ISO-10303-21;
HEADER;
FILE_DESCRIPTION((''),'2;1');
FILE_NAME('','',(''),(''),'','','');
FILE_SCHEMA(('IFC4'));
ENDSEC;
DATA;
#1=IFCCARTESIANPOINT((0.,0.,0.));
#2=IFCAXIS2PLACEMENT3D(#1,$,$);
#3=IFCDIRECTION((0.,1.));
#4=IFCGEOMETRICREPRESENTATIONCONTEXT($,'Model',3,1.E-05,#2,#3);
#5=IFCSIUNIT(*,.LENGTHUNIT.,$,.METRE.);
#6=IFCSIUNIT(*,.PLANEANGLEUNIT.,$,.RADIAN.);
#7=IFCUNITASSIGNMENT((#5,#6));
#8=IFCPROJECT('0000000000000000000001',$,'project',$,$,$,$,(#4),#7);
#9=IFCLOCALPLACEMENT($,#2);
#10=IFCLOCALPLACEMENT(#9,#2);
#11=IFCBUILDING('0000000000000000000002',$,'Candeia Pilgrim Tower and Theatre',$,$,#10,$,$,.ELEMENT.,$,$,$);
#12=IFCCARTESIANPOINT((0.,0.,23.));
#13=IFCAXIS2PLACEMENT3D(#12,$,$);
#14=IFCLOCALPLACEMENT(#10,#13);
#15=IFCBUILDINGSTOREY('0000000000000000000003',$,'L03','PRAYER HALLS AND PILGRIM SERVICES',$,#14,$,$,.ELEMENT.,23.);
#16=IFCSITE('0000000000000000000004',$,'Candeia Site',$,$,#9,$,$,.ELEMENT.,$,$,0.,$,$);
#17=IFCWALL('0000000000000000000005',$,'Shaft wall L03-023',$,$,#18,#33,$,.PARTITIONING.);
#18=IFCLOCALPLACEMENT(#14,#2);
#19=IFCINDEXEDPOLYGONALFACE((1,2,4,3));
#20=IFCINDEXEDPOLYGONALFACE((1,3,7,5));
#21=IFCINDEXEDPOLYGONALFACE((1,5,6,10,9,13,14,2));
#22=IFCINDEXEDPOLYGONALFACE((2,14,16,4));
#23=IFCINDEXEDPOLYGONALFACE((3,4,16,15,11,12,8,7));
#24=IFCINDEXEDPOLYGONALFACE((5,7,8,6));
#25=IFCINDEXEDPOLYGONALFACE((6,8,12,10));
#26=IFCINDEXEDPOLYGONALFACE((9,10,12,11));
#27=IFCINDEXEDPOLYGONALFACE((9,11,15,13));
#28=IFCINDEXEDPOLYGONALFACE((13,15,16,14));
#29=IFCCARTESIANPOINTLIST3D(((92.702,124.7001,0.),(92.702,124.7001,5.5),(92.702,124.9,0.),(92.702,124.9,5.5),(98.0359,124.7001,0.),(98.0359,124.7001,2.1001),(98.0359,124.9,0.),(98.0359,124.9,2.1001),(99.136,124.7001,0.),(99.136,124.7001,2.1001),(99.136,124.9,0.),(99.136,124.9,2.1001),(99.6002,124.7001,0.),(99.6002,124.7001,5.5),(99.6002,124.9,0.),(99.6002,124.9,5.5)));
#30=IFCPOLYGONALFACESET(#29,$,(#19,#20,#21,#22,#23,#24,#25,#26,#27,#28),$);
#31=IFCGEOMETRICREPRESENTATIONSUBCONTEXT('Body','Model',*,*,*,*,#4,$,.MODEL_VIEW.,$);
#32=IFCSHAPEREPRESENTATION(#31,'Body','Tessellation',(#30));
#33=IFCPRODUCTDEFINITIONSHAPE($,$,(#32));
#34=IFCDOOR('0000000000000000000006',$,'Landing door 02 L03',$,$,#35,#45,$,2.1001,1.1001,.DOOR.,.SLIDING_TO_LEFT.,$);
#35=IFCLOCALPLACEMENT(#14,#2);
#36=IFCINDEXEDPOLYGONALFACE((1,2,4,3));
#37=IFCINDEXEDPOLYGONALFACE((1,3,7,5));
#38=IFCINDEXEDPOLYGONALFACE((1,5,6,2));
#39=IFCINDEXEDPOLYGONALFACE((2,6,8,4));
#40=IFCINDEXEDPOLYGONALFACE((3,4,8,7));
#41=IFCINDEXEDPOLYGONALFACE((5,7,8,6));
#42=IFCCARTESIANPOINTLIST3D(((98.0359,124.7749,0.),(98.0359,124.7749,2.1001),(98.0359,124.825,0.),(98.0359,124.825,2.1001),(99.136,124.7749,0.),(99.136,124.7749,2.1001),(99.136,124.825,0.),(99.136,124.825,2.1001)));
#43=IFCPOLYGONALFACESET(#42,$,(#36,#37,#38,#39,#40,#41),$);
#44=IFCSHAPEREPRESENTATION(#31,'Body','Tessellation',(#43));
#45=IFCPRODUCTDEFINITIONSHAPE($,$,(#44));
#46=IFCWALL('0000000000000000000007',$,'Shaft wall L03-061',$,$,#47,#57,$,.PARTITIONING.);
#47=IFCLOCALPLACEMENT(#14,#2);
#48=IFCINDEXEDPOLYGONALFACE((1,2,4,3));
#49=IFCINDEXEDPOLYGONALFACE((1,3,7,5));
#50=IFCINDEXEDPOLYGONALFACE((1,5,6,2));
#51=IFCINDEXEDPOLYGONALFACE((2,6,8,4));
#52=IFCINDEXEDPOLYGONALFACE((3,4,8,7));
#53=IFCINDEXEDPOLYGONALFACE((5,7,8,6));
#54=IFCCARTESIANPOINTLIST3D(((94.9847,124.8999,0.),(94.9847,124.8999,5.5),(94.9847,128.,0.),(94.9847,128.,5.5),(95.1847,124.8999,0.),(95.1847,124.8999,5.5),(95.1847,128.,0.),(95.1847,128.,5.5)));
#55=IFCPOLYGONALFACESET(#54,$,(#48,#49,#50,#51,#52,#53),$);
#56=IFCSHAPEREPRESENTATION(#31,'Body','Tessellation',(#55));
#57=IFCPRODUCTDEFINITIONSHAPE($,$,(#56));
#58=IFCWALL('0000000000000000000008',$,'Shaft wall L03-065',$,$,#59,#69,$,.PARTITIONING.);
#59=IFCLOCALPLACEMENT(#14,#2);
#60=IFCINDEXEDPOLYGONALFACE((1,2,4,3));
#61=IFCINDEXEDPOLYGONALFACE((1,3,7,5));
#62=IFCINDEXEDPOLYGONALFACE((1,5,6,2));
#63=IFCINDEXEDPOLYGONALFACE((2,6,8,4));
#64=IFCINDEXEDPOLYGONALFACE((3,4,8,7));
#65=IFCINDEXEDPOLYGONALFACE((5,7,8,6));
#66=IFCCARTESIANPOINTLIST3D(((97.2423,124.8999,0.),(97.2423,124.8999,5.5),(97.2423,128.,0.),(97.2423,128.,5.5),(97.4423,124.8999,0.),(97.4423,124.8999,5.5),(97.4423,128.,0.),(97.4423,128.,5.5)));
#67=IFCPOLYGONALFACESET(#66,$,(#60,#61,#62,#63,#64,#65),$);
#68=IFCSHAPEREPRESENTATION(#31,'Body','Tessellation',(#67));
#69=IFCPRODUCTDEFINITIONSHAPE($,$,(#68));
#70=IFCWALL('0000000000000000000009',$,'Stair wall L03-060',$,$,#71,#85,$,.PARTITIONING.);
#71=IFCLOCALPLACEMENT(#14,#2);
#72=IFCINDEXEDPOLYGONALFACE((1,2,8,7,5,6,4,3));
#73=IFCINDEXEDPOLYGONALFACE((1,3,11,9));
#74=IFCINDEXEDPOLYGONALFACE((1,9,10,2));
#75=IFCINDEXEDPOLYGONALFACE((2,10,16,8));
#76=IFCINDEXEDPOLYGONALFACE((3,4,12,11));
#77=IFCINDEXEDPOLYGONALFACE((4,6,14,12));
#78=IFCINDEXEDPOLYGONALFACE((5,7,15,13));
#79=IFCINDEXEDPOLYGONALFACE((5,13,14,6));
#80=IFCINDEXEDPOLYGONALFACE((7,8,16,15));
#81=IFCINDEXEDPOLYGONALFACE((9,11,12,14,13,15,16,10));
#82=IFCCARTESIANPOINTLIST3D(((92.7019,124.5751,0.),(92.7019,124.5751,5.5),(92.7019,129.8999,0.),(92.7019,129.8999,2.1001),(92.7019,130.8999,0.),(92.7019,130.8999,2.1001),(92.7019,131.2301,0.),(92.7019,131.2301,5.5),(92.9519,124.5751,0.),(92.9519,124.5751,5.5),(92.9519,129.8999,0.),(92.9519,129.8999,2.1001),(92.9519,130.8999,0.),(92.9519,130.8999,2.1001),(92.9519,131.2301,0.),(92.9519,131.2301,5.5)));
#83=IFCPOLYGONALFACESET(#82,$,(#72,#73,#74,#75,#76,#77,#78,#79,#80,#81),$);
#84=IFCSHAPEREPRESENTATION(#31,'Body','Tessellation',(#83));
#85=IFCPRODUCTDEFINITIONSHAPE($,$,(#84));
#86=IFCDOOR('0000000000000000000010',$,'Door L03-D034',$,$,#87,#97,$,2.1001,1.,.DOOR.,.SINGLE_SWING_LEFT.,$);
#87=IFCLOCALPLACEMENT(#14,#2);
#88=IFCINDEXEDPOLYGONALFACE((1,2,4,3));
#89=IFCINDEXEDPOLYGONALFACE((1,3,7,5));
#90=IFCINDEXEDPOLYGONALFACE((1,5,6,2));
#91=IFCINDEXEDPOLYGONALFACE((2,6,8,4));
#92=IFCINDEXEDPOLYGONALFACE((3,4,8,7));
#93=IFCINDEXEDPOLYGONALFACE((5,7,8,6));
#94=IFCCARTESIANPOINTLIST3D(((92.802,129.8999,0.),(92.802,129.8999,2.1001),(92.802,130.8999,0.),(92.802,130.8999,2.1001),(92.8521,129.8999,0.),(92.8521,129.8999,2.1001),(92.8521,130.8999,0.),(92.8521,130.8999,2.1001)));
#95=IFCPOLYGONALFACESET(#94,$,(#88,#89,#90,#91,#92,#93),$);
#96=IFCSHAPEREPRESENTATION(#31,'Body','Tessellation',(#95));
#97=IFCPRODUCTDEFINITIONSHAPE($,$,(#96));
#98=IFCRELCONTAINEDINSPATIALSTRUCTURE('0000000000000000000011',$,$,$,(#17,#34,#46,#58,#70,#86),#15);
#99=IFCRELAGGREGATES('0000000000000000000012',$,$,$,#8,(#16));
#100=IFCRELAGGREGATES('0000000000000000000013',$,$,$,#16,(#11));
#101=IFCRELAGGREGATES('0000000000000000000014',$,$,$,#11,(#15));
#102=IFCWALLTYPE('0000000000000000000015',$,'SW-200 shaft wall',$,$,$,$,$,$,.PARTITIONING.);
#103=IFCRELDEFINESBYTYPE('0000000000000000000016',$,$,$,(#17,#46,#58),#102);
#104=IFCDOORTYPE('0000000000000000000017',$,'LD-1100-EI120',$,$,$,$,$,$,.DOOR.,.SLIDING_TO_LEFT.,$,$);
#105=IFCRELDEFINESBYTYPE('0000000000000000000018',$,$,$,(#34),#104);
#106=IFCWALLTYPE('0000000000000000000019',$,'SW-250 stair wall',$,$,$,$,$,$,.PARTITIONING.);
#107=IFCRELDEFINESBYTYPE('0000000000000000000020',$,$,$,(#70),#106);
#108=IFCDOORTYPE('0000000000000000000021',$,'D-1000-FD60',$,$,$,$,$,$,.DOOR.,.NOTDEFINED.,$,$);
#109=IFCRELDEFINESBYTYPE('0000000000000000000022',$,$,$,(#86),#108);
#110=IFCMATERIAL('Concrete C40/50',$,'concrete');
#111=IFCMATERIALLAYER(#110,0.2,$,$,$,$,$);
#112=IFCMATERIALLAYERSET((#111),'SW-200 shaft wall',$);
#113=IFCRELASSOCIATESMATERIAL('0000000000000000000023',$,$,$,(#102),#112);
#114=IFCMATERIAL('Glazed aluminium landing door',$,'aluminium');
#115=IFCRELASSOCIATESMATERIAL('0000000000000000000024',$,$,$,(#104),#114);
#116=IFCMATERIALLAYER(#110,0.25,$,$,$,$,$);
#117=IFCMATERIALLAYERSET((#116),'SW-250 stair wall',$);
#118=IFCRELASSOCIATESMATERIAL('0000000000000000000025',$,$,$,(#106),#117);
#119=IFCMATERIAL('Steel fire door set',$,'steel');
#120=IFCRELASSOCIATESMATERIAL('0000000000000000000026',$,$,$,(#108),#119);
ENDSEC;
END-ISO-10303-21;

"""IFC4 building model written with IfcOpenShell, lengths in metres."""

from ifc_helpers import new_model, si_unit, direction, frame, frame_2d, origin, place, context, subcontext, project, spatial, rectangle, extrude, material, layer, layer_set, type_object, element, fill, save


model = new_model("IFC4")

# Units and contexts
model_context = context("Model", 3, precision=1e-05, world=origin(), true_north=direction((0.0, 1.0)))
body_context = subcontext(model_context, "Body", "Model", "MODEL_VIEW")
ifc_project = project(units=[si_unit("LENGTHUNIT", "METRE"), si_unit("PLANEANGLEUNIT", "RADIAN")], contexts=[model_context])

# Site, building, storey
site_placement = place(None, origin())
site = spatial("IfcSite", under=ifc_project, at=site_placement, Name="Candeia Site", CompositionType="ELEMENT", RefElevation=0.0)
building_placement = place(site_placement, origin())
building = spatial("IfcBuilding", under=site, at=building_placement, Name="Candeia Pilgrim Tower and Theatre", CompositionType="ELEMENT")
storey_placement = place(building_placement, frame((0.0, 0.0, 23.0)))
storey = spatial("IfcBuildingStorey", under=building, at=storey_placement, Name="L03", Description="PRAYER HALLS AND PILGRIM SERVICES", CompositionType="ELEMENT", Elevation=23.0)

# Shared definitions
ifc_material_1 = material(Name="Steel fire door set", Category="steel")

# Shared definitions
ifc_material_2 = material(Name="Concrete C40/50", Category="concrete")
ifc_layer_1 = layer(ifc_material_2, 0.2)
ifc_layer_set_1 = layer_set([ifc_layer_1], Name="SW-200 shaft wall")
wall_type_1 = type_object("IfcWallType", Name="SW-200 shaft wall", PredefinedType="PARTITIONING", material=ifc_layer_set_1)

# Wall, opening, door
wall_1_placement = place(storey_placement, frame((92.7019, 124.8, 0.0), z_axis=(0.0, 0.0, 1.0), x_axis=(1.0, 0.0, 0.0)))
wall_1 = element("IfcWall", 1, at=wall_1_placement, inside=storey, type_object=wall_type_1, Name="Shaft wall L03-023", PredefinedType="PARTITIONING", context=body_context, shape_type="SweptSolid", body=[
    extrude(rectangle(XDim=6.8982, YDim=0.2, at=frame_2d((3.4492, 0.0))), origin(), (0.0, 0.0, 1.0), 5.5),
])
opening_1_placement = place(wall_1_placement, frame((5.334, 0.0, 0.0)))
opening_1 = element("IfcOpeningElement", 2, at=opening_1_placement, cuts=wall_1, PredefinedType="OPENING", context=body_context, shape_type="SweptSolid", body=[
    extrude(rectangle(XDim=1.1001, YDim=2.1001, at=frame_2d((0.55, 1.05))), frame((0.0, 0.1099, 0.0), z_axis=(0.0, -1.0, 0.0), x_axis=(1.0, 0.0, 0.0)), (0.0, 0.0, 1.0), 0.22),
])
ifc_material_3 = material(Name="Glazed aluminium landing door", Category="aluminium")
door_type_1 = type_object("IfcDoorType", Name="LD-1100-EI120", OperationType="SLIDING_TO_LEFT", PredefinedType="DOOR", material=ifc_material_3)
door_1_placement = place(opening_1_placement, origin())
door_1 = element("IfcDoor", 3, at=door_1_placement, inside=storey, type_object=door_type_1, Name="Landing door 02 L03", OperationType="SLIDING_TO_LEFT", OverallHeight=2.1001, OverallWidth=1.1001, PredefinedType="DOOR", context=body_context, shape_type="SweptSolid", body=[
    extrude(rectangle(XDim=1.1001, YDim=2.1001, at=frame_2d((0.55, 1.05))), frame((0.0, 0.0249, 0.0), z_axis=(0.0, -1.0, 0.0), x_axis=(1.0, 0.0, 0.0)), (0.0, 0.0, 1.0), 0.05),
])
fill(opening_1, door_1)

# Walls
for number, where, z_axis, x_axis, name in (
    (4, (95.0847, 124.8999, 0.0), (0.0, 0.0, 1.0), (0.0, 1.0, 0.0), "Shaft wall L03-061"),
    (5, (97.3423, 124.8999, 0.0), (0.0, 0.0, 1.0), (0.0, 1.0, 0.0), "Shaft wall L03-065"),
):
    element("IfcWall", number, at=place(storey_placement, frame(where, z_axis=z_axis, x_axis=x_axis)), inside=storey, type_object=wall_type_1, Name=name, PredefinedType="PARTITIONING", context=body_context, shape_type="SweptSolid", body=[
        extrude(rectangle(XDim=3.1001, YDim=0.2, at=frame_2d((1.55, 0.0))), origin(), (0.0, 0.0, 1.0), 5.5),
    ])

# Wall, opening, door
ifc_layer_2 = layer(ifc_material_2, 0.25)
ifc_layer_set_2 = layer_set([ifc_layer_2], Name="SW-250 stair wall")
wall_type_2 = type_object("IfcWallType", Name="SW-250 stair wall", PredefinedType="PARTITIONING", material=ifc_layer_set_2)
wall_2_placement = place(storey_placement, frame((92.8269, 124.575, 0.0), z_axis=(0.0, 0.0, 1.0), x_axis=(0.0, 1.0, 0.0)))
wall_2 = element("IfcWall", 6, at=wall_2_placement, inside=storey, type_object=wall_type_2, Name="Stair wall L03-060", PredefinedType="PARTITIONING", context=body_context, shape_type="SweptSolid", body=[
    extrude(rectangle(XDim=6.655, YDim=0.25, at=frame_2d((3.3276, 0.0))), origin(), (0.0, 0.0, 1.0), 5.5),
])
opening_2_placement = place(wall_2_placement, frame((5.325, 0.0, 0.0)))
opening_2 = element("IfcOpeningElement", 7, at=opening_2_placement, cuts=wall_2, PredefinedType="OPENING", context=body_context, shape_type="SweptSolid", body=[
    extrude(rectangle(XDim=1.0, YDim=2.1001, at=frame_2d((0.5, 1.05))), frame((0.0, 0.135, 0.0), z_axis=(0.0, -1.0, 0.0), x_axis=(1.0, 0.0, 0.0)), (0.0, 0.0, 1.0), 0.27),
])
door_type_2 = type_object("IfcDoorType", Name="D-1000-FD60", OperationType="NOTDEFINED", PredefinedType="DOOR", material=ifc_material_1)
door_2_placement = place(opening_2_placement, origin())
door_2 = element("IfcDoor", 8, at=door_2_placement, inside=storey, type_object=door_type_2, Name="Door L03-D034", OperationType="SINGLE_SWING_LEFT", OverallHeight=2.1001, OverallWidth=1.0, PredefinedType="DOOR", context=body_context, shape_type="SweptSolid", body=[
    extrude(rectangle(XDim=1.0, YDim=2.1001, at=frame_2d((0.5, 1.05))), frame((0.0, 0.0249, 0.0), z_axis=(0.0, -1.0, 0.0), x_axis=(1.0, 0.0, 0.0)), (0.0, 0.0, 1.0), 0.05),
])
fill(opening_2, door_2)

save(model, "model.ifc")
